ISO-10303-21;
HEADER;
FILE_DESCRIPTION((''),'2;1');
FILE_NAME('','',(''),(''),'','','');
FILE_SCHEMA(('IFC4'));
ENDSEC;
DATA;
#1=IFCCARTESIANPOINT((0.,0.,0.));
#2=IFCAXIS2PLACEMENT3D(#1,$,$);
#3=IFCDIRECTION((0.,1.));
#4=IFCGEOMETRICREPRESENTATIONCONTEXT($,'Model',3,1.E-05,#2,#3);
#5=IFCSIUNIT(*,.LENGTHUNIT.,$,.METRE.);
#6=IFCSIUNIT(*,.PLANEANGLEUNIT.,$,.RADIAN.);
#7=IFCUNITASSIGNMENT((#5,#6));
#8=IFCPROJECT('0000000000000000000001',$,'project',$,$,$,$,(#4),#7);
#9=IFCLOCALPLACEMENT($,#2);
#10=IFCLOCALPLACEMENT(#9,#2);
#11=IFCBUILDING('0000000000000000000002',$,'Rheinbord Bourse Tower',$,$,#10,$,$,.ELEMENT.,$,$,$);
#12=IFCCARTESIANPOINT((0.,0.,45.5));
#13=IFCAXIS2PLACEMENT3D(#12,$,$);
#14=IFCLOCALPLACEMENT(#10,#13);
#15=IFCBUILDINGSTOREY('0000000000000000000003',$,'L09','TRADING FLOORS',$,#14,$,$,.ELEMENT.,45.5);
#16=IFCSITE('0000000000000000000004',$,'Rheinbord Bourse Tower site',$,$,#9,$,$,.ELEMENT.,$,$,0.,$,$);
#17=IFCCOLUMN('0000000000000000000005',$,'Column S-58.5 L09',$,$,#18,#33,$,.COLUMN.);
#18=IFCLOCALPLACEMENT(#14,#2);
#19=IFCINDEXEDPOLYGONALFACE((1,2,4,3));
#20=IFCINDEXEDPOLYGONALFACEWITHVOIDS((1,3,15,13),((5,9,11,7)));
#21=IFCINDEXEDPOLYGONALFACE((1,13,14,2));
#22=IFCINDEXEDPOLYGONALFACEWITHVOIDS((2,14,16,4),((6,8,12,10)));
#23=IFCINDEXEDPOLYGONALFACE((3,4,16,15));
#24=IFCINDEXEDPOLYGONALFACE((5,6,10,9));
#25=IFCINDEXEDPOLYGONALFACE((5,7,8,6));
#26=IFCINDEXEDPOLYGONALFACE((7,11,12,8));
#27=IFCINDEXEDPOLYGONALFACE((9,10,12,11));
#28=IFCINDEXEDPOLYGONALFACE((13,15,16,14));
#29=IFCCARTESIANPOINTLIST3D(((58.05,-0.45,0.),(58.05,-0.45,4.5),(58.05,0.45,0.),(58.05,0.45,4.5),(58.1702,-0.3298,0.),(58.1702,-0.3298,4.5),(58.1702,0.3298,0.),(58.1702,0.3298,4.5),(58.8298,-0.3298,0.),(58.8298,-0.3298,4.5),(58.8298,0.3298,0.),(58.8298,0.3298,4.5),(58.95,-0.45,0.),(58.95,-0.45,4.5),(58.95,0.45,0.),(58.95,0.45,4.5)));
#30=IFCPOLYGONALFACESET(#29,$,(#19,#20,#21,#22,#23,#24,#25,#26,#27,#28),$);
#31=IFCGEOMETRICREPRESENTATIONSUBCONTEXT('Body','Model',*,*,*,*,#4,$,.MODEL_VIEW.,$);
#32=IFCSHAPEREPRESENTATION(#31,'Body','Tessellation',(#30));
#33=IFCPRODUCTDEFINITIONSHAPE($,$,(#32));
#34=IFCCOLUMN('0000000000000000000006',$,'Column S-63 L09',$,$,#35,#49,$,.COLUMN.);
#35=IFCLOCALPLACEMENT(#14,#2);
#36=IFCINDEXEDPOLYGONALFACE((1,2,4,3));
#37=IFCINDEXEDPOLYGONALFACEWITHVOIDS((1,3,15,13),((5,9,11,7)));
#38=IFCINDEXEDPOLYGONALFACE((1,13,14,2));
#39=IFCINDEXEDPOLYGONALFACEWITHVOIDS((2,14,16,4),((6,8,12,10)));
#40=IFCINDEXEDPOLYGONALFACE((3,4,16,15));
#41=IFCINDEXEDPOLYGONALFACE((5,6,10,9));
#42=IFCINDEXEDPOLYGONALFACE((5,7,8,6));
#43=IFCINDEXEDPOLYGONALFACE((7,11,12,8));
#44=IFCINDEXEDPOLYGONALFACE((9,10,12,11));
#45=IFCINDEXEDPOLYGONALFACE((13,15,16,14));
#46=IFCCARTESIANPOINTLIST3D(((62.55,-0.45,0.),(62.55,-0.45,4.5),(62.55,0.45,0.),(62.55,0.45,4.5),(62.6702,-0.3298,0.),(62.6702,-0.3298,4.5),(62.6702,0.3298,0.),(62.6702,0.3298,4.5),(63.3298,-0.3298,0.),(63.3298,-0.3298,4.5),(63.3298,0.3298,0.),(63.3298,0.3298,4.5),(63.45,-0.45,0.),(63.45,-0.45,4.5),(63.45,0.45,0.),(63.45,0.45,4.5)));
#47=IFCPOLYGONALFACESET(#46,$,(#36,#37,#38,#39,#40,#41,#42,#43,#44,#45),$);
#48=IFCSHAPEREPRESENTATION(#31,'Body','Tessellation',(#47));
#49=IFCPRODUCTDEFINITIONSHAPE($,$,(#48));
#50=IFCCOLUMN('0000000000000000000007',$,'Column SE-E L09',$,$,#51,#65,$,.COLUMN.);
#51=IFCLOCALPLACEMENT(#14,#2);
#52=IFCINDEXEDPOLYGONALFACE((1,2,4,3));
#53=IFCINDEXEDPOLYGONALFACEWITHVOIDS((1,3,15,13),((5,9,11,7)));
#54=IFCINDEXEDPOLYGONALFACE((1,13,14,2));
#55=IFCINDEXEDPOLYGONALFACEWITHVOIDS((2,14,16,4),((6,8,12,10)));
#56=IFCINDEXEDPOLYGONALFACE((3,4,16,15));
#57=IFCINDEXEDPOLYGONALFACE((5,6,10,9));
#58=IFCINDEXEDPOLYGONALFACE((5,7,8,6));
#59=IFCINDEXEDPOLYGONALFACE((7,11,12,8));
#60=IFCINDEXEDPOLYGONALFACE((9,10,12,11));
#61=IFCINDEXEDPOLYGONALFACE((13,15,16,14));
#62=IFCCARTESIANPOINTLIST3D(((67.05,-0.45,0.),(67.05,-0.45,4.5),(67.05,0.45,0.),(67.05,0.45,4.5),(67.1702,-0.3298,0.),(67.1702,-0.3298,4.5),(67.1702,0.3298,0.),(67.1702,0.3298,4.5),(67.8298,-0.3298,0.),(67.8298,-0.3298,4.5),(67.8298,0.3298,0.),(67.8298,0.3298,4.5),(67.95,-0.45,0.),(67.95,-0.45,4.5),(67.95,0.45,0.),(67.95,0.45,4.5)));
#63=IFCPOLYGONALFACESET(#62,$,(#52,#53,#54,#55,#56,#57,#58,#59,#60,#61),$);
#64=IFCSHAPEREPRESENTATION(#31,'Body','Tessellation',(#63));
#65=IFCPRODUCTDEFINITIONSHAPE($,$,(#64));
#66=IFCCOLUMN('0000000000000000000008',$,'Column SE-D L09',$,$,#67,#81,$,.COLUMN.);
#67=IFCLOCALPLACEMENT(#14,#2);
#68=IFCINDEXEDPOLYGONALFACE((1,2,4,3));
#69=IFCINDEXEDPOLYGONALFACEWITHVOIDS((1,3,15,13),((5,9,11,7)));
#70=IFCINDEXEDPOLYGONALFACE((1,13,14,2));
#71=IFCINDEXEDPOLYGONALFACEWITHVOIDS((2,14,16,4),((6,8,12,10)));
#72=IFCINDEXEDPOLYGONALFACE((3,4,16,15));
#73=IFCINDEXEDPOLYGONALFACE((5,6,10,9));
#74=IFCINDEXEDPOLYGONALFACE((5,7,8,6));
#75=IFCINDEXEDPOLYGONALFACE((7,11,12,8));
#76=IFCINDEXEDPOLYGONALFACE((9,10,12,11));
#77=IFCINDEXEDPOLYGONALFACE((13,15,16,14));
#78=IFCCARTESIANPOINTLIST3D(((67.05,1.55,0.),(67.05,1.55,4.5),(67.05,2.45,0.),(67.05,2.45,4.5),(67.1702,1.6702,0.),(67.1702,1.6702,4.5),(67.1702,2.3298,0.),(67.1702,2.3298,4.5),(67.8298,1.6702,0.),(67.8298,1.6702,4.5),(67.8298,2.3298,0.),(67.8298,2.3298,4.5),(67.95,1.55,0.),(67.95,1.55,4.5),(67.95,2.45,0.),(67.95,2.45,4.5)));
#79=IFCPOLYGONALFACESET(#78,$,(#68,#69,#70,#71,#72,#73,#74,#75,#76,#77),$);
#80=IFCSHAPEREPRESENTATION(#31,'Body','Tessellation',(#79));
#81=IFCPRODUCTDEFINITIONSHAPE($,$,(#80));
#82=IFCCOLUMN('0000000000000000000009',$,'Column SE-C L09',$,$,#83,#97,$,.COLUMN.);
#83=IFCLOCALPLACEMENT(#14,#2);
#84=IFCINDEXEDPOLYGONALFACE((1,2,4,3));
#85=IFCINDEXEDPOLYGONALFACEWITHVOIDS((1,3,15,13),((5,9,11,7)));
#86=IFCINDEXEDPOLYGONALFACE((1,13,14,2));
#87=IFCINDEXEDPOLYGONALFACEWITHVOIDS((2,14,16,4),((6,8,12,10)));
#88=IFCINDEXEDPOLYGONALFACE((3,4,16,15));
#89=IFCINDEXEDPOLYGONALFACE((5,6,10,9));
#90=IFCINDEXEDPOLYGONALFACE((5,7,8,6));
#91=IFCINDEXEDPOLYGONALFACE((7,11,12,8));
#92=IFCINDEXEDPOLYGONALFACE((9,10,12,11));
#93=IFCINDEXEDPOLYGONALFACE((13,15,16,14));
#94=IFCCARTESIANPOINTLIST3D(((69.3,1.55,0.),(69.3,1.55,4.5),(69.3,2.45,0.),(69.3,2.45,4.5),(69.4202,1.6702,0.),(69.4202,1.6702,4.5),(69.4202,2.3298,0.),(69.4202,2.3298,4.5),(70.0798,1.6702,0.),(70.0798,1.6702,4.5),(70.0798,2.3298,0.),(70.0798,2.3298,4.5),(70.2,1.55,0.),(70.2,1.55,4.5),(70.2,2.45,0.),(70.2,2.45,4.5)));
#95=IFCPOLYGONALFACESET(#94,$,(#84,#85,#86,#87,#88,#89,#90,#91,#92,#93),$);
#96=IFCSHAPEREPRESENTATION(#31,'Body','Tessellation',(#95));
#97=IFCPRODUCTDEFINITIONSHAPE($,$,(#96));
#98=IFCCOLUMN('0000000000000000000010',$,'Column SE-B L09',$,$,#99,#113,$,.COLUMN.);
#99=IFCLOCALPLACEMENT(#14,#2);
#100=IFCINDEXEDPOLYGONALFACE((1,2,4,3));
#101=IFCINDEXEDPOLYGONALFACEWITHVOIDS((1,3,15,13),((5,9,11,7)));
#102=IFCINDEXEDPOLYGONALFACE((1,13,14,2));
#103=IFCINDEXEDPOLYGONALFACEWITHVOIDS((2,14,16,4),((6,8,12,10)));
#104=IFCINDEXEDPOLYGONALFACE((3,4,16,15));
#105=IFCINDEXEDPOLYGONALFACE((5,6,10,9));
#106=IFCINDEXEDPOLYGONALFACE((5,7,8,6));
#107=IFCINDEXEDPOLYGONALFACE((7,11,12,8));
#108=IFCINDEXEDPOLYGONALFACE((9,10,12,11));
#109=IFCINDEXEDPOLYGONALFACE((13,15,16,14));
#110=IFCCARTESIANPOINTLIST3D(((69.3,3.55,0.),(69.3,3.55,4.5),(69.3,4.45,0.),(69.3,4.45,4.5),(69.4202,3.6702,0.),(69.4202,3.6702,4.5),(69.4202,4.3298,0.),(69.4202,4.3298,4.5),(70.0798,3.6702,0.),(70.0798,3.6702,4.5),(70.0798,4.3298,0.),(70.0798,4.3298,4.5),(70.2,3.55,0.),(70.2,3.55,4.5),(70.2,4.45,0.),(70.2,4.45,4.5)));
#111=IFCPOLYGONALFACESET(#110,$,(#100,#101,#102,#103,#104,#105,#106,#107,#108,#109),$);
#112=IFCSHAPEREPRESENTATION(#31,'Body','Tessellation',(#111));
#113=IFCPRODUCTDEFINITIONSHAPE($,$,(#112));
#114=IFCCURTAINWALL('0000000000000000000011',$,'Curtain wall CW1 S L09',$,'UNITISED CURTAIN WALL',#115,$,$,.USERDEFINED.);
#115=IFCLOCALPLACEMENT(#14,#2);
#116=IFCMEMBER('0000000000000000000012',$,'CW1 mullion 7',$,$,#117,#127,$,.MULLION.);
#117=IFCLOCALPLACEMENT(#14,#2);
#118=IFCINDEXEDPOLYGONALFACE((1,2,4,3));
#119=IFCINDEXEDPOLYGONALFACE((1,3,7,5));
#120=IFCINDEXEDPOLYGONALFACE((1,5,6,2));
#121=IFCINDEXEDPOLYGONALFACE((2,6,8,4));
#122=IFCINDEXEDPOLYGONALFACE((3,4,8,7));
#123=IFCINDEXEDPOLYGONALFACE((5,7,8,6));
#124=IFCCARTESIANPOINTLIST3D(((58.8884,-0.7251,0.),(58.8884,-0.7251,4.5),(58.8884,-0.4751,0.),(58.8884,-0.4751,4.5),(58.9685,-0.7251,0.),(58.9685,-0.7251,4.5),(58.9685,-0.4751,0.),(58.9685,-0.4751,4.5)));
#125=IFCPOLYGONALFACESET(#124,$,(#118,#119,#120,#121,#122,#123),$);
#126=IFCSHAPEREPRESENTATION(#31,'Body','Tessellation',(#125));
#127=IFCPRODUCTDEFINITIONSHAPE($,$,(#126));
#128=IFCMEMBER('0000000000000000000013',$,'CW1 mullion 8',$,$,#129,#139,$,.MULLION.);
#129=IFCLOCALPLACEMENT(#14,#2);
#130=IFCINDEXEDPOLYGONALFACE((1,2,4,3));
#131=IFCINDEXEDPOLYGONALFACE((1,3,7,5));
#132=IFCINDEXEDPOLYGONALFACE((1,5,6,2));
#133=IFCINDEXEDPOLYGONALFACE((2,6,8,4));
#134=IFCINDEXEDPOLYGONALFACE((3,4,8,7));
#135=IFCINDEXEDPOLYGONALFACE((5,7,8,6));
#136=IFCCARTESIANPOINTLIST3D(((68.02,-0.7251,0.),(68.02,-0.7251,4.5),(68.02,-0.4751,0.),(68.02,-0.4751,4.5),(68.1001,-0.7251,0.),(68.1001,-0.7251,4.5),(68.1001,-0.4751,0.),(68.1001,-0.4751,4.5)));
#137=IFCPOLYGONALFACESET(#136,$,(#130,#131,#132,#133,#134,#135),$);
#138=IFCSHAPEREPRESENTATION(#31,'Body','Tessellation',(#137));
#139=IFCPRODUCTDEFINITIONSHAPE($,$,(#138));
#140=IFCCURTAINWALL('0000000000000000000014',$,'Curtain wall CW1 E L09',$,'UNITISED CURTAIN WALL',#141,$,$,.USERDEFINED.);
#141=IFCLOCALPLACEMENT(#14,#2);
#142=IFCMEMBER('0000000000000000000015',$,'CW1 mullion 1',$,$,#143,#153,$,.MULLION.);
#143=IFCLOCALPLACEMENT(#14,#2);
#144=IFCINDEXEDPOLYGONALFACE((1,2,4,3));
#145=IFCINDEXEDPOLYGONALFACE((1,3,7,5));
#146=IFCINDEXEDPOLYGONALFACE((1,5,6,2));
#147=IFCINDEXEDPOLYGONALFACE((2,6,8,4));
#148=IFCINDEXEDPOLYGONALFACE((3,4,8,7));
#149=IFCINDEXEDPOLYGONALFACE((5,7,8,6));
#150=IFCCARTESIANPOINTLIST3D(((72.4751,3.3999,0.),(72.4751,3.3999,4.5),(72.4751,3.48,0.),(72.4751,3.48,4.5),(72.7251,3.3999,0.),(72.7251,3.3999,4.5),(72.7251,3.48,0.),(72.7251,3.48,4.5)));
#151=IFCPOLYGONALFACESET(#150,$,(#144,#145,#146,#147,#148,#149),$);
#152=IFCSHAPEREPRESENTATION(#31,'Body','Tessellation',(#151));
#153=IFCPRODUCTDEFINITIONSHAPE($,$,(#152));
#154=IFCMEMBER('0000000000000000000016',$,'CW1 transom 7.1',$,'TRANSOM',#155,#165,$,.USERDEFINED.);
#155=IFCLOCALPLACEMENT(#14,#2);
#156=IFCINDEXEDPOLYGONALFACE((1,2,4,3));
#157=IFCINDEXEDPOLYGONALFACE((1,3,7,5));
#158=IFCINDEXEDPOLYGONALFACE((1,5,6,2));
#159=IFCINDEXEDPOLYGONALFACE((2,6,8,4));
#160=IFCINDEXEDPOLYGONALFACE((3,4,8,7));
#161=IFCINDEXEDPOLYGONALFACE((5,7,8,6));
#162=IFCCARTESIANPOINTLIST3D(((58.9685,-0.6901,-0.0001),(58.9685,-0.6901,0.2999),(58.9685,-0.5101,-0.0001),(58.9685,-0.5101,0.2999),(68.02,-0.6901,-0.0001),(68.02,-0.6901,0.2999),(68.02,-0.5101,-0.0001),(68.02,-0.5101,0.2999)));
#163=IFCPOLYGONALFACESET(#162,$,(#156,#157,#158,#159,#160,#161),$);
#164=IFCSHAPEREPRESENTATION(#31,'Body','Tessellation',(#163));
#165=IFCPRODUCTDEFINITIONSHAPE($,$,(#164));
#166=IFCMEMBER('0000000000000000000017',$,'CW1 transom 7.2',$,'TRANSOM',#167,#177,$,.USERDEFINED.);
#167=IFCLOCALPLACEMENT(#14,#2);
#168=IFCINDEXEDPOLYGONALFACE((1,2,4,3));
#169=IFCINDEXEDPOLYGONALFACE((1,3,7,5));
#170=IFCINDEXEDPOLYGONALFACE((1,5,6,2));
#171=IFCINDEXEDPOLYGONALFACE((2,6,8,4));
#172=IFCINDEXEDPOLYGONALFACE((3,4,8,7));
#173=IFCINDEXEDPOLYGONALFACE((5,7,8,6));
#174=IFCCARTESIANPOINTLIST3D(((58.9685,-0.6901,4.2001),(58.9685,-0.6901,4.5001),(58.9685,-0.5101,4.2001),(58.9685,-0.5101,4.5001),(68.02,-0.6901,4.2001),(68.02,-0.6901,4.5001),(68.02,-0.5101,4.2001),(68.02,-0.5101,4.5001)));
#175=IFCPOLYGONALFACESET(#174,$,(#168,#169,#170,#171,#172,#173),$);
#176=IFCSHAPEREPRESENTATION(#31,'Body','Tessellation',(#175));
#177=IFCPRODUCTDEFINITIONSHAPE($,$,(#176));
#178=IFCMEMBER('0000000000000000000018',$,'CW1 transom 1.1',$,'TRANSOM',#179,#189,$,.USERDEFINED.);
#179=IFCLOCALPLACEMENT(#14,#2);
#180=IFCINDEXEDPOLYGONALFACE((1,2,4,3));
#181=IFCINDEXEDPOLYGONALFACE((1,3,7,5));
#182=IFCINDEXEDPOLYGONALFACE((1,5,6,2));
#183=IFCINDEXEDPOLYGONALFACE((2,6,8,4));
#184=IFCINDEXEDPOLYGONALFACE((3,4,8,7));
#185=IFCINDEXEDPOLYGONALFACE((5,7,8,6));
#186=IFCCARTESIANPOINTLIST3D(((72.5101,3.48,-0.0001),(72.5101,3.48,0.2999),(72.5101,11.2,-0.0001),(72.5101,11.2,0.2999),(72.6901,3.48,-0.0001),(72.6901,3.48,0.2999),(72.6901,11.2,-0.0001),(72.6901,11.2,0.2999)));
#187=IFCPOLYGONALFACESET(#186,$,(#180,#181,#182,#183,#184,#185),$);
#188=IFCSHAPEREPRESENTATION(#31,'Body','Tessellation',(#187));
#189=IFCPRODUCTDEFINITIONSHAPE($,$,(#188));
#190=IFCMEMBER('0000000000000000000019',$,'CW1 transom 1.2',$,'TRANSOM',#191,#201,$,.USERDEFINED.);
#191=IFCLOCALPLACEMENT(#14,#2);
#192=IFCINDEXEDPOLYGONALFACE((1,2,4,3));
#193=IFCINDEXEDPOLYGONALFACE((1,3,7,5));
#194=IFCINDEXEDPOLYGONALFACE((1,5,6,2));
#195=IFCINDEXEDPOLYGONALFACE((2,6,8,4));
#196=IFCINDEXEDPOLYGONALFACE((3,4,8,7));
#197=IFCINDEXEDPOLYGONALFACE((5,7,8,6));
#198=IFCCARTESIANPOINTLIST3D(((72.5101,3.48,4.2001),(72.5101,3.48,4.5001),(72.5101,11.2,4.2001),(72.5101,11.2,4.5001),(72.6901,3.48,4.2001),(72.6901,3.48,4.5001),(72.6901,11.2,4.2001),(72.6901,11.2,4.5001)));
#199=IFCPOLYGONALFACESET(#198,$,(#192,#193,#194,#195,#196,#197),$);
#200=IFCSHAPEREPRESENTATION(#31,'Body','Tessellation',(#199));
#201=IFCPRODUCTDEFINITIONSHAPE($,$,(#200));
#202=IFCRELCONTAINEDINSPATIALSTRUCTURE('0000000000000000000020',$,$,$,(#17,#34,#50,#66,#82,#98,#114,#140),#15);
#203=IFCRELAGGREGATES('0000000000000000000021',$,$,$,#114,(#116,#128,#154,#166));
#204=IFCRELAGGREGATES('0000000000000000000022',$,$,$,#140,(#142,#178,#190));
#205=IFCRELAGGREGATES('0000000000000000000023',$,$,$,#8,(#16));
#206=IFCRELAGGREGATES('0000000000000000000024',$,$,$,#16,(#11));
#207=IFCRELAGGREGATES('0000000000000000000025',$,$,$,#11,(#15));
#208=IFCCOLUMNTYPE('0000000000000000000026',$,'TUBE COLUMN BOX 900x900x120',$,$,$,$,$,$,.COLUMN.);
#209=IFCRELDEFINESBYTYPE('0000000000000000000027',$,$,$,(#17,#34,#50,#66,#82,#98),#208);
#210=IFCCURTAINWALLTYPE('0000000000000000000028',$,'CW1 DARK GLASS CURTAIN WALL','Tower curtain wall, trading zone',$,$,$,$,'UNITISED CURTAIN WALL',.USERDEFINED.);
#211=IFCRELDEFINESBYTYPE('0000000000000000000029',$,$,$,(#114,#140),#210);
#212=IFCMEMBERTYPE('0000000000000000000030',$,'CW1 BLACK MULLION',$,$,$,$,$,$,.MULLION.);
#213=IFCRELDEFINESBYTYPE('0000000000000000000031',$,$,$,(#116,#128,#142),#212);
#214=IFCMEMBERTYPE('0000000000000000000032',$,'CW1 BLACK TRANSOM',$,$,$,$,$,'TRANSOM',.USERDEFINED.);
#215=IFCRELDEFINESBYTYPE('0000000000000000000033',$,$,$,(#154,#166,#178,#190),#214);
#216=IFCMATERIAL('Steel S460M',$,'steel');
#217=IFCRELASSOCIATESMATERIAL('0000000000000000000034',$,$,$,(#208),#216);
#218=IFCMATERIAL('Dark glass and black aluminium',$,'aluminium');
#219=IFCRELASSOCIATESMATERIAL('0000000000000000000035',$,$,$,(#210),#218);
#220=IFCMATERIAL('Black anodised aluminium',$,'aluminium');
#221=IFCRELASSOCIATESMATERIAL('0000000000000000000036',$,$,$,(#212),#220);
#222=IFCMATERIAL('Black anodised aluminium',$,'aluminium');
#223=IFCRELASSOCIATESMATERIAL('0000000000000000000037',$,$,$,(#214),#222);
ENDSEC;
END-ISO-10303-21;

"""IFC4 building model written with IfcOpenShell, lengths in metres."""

from ifc_helpers import new_model, si_unit, direction, frame, origin, origin_2d, place, context, subcontext, project, spatial, rectangle, hollow_rectangle, extrude, material, material_profile, profile_set, type_object, element, aggregate, save


model = new_model("IFC4")

# Units and contexts
model_context = context("Model", 3, precision=1e-05, world=origin(), true_north=direction((0.0, 1.0)))
body_context = subcontext(model_context, "Body", "Model", "MODEL_VIEW")
ifc_project = project(units=[si_unit("LENGTHUNIT", "METRE"), si_unit("PLANEANGLEUNIT", "RADIAN")], contexts=[model_context])

# Site, building, storey
site_placement = place(None, origin())
site = spatial("IfcSite", under=ifc_project, at=site_placement, Name="Rheinbord Bourse Tower site", CompositionType="ELEMENT", RefElevation=0.0)
building_placement = place(site_placement, origin())
building = spatial("IfcBuilding", under=site, at=building_placement, Name="Rheinbord Bourse Tower", CompositionType="ELEMENT")
storey_placement = place(building_placement, frame((0.0, 0.0, 45.5)))
storey = spatial("IfcBuildingStorey", under=building, at=storey_placement, Name="L09", Description="TRADING FLOORS", CompositionType="ELEMENT", Elevation=45.5)

# Columns
ifc_material_1 = material(Name="Steel S460M", Category="steel")
ifc_material_profile_1 = material_profile(ifc_material_1, hollow_rectangle(XDim=0.8999, YDim=0.8999, WallThickness=0.1201, at=origin_2d()), Name="BOX 900x900x120")
ifc_profile_set_1 = profile_set([ifc_material_profile_1], Name="Steel S460M")
column_type = type_object("IfcColumnType", Name="TUBE COLUMN BOX 900x900x120", PredefinedType="COLUMN", material=ifc_profile_set_1)
for number, where, z_axis, x_axis, name in (
    (1, (58.5, 0.0, 0.0), (0.0, 0.0, 1.0), (0.0, 1.0, 0.0), "Column S-58.5 L09"),
    (2, (63.0, 0.0, 0.0), (0.0, 0.0, 1.0), (0.0, 1.0, 0.0), "Column S-63 L09"),
    (3, (67.5, 0.0, 0.0), (0.0, 0.0, 1.0), (0.0, 1.0, 0.0), "Column SE-E L09"),
    (4, (67.5, 2.0, 0.0), (0.0, 0.0, 1.0), (0.0, 1.0, 0.0), "Column SE-D L09"),
    (5, (69.75, 2.0, 0.0), (0.0, 0.0, 1.0), (1.0, 0.0, 0.0), "Column SE-C L09"),
    (6, (69.75, 4.0, 0.0), (0.0, 0.0, 1.0), (1.0, 0.0, 0.0), "Column SE-B L09"),
):
    element("IfcColumn", number, at=place(storey_placement, frame(where, z_axis=z_axis, x_axis=x_axis)), inside=storey, type_object=column_type, Name=name, PredefinedType="COLUMN", context=body_context, shape_type="SweptSolid", body=[
        extrude(hollow_rectangle(XDim=0.8999, YDim=0.8999, WallThickness=0.1201, at=origin_2d()), origin(), (0.0, 0.0, 1.0), 4.5),
    ])

# Curtain wall, members
ifc_material_2 = material(Name="Dark glass and black aluminium", Category="aluminium")
curtain_wall_type = type_object("IfcCurtainWallType", Name="CW1 DARK GLASS CURTAIN WALL", Description="Tower curtain wall, trading zone", ElementType="UNITISED CURTAIN WALL", PredefinedType="USERDEFINED", material=ifc_material_2)
curtain_wall_1_placement = place(storey_placement, origin())
curtain_wall_1 = element("IfcCurtainWall", 7, at=curtain_wall_1_placement, inside=storey, type_object=curtain_wall_type, Name="Curtain wall CW1 S L09", ObjectType="UNITISED CURTAIN WALL", PredefinedType="USERDEFINED")
ifc_material_3 = material(Name="Black anodised aluminium", Category="aluminium")
ifc_material_profile_2 = material_profile(ifc_material_3, rectangle(XDim=0.25, YDim=0.0801, at=origin_2d()), Name="CW1 MULLION 80x250")
ifc_profile_set_2 = profile_set([ifc_material_profile_2], Name="Black anodised aluminium")
member_type_1 = type_object("IfcMemberType", Name="CW1 BLACK MULLION", PredefinedType="MULLION", material=ifc_profile_set_2)
member_1_placement = place(storey_placement, frame((58.9285, -0.6001, 0.0), z_axis=(0.0, 0.0, 1.0), x_axis=(0.0, 1.0, 0.0)))
member_1 = element("IfcMember", 8, at=member_1_placement, type_object=member_type_1, Name="CW1 mullion 7", PredefinedType="MULLION", context=body_context, shape_type="SweptSolid", body=[
    extrude(rectangle(XDim=0.25, YDim=0.0801, at=origin_2d()), origin(), (0.0, 0.0, 1.0), 4.5),
])
member_2_placement = place(storey_placement, frame((68.0601, -0.6001, 0.0), z_axis=(0.0, 0.0, 1.0), x_axis=(0.0, 1.0, 0.0)))
member_2 = element("IfcMember", 9, at=member_2_placement, type_object=member_type_1, Name="CW1 mullion 8", PredefinedType="MULLION", context=body_context, shape_type="SweptSolid", body=[
    extrude(rectangle(XDim=0.25, YDim=0.0801, at=origin_2d()), origin(), (0.0, 0.0, 1.0), 4.5),
])

# Curtain wall, member
curtain_wall_2_placement = place(storey_placement, origin())
curtain_wall_2 = element("IfcCurtainWall", 10, at=curtain_wall_2_placement, inside=storey, type_object=curtain_wall_type, Name="Curtain wall CW1 E L09", ObjectType="UNITISED CURTAIN WALL", PredefinedType="USERDEFINED")
member_3_placement = place(storey_placement, frame((72.6001, 3.4399, 0.0), z_axis=(0.0, 0.0, 1.0), x_axis=(-1.0, 0.0, 0.0)))
member_3 = element("IfcMember", 11, at=member_3_placement, type_object=member_type_1, Name="CW1 mullion 1", PredefinedType="MULLION", context=body_context, shape_type="SweptSolid", body=[
    extrude(rectangle(XDim=0.25, YDim=0.0801, at=origin_2d()), origin(), (0.0, 0.0, 1.0), 4.5),
])

# Members
ifc_material_4 = material(Name="Black anodised aluminium", Category="aluminium")
ifc_material_profile_3 = material_profile(ifc_material_4, rectangle(XDim=0.1799, YDim=0.3, at=origin_2d()), Name="CW1 TRANSOM 300x180")
ifc_profile_set_3 = profile_set([ifc_material_profile_3], Name="Black anodised aluminium")
member_type_2 = type_object("IfcMemberType", Name="CW1 BLACK TRANSOM", ElementType="TRANSOM", PredefinedType="USERDEFINED", material=ifc_profile_set_3)
member_4_placement = place(storey_placement, frame((58.9685, -0.6001, 0.1499), z_axis=(1.0, 0.0, 0.0), x_axis=(0.0, 1.0, 0.0)))
member_4 = element("IfcMember", 12, at=member_4_placement, type_object=member_type_2, Name="CW1 transom 7.1", ObjectType="TRANSOM", PredefinedType="USERDEFINED", context=body_context, shape_type="SweptSolid", body=[
    extrude(rectangle(XDim=0.1799, YDim=0.3, at=origin_2d()), origin(), (0.0, 0.0, 1.0), 9.0515),
])
member_5_placement = place(storey_placement, frame((58.9685, -0.6001, 4.3501), z_axis=(1.0, 0.0, 0.0), x_axis=(0.0, 1.0, 0.0)))
member_5 = element("IfcMember", 13, at=member_5_placement, type_object=member_type_2, Name="CW1 transom 7.2", ObjectType="TRANSOM", PredefinedType="USERDEFINED", context=body_context, shape_type="SweptSolid", body=[
    extrude(rectangle(XDim=0.1799, YDim=0.3, at=origin_2d()), origin(), (0.0, 0.0, 1.0), 9.0515),
])
member_6_placement = place(storey_placement, frame((72.6001, 3.48, 0.1499), z_axis=(0.0, 1.0, 0.0), x_axis=(-1.0, 0.0, 0.0)))
member_6 = element("IfcMember", 14, at=member_6_placement, type_object=member_type_2, Name="CW1 transom 1.1", ObjectType="TRANSOM", PredefinedType="USERDEFINED", context=body_context, shape_type="SweptSolid", body=[
    extrude(rectangle(XDim=0.1799, YDim=0.3, at=origin_2d()), origin(), (0.0, 0.0, 1.0), 7.72),
])
member_7_placement = place(storey_placement, frame((72.6001, 3.48, 4.3501), z_axis=(0.0, 1.0, 0.0), x_axis=(-1.0, 0.0, 0.0)))
member_7 = element("IfcMember", 15, at=member_7_placement, type_object=member_type_2, Name="CW1 transom 1.2", ObjectType="TRANSOM", PredefinedType="USERDEFINED", context=body_context, shape_type="SweptSolid", body=[
    extrude(rectangle(XDim=0.1799, YDim=0.3, at=origin_2d()), origin(), (0.0, 0.0, 1.0), 7.72),
])

aggregate(curtain_wall_1, [member_1, member_2, member_4, member_5])
aggregate(curtain_wall_2, [member_3, member_6, member_7])

save(model, "model.ifc")
